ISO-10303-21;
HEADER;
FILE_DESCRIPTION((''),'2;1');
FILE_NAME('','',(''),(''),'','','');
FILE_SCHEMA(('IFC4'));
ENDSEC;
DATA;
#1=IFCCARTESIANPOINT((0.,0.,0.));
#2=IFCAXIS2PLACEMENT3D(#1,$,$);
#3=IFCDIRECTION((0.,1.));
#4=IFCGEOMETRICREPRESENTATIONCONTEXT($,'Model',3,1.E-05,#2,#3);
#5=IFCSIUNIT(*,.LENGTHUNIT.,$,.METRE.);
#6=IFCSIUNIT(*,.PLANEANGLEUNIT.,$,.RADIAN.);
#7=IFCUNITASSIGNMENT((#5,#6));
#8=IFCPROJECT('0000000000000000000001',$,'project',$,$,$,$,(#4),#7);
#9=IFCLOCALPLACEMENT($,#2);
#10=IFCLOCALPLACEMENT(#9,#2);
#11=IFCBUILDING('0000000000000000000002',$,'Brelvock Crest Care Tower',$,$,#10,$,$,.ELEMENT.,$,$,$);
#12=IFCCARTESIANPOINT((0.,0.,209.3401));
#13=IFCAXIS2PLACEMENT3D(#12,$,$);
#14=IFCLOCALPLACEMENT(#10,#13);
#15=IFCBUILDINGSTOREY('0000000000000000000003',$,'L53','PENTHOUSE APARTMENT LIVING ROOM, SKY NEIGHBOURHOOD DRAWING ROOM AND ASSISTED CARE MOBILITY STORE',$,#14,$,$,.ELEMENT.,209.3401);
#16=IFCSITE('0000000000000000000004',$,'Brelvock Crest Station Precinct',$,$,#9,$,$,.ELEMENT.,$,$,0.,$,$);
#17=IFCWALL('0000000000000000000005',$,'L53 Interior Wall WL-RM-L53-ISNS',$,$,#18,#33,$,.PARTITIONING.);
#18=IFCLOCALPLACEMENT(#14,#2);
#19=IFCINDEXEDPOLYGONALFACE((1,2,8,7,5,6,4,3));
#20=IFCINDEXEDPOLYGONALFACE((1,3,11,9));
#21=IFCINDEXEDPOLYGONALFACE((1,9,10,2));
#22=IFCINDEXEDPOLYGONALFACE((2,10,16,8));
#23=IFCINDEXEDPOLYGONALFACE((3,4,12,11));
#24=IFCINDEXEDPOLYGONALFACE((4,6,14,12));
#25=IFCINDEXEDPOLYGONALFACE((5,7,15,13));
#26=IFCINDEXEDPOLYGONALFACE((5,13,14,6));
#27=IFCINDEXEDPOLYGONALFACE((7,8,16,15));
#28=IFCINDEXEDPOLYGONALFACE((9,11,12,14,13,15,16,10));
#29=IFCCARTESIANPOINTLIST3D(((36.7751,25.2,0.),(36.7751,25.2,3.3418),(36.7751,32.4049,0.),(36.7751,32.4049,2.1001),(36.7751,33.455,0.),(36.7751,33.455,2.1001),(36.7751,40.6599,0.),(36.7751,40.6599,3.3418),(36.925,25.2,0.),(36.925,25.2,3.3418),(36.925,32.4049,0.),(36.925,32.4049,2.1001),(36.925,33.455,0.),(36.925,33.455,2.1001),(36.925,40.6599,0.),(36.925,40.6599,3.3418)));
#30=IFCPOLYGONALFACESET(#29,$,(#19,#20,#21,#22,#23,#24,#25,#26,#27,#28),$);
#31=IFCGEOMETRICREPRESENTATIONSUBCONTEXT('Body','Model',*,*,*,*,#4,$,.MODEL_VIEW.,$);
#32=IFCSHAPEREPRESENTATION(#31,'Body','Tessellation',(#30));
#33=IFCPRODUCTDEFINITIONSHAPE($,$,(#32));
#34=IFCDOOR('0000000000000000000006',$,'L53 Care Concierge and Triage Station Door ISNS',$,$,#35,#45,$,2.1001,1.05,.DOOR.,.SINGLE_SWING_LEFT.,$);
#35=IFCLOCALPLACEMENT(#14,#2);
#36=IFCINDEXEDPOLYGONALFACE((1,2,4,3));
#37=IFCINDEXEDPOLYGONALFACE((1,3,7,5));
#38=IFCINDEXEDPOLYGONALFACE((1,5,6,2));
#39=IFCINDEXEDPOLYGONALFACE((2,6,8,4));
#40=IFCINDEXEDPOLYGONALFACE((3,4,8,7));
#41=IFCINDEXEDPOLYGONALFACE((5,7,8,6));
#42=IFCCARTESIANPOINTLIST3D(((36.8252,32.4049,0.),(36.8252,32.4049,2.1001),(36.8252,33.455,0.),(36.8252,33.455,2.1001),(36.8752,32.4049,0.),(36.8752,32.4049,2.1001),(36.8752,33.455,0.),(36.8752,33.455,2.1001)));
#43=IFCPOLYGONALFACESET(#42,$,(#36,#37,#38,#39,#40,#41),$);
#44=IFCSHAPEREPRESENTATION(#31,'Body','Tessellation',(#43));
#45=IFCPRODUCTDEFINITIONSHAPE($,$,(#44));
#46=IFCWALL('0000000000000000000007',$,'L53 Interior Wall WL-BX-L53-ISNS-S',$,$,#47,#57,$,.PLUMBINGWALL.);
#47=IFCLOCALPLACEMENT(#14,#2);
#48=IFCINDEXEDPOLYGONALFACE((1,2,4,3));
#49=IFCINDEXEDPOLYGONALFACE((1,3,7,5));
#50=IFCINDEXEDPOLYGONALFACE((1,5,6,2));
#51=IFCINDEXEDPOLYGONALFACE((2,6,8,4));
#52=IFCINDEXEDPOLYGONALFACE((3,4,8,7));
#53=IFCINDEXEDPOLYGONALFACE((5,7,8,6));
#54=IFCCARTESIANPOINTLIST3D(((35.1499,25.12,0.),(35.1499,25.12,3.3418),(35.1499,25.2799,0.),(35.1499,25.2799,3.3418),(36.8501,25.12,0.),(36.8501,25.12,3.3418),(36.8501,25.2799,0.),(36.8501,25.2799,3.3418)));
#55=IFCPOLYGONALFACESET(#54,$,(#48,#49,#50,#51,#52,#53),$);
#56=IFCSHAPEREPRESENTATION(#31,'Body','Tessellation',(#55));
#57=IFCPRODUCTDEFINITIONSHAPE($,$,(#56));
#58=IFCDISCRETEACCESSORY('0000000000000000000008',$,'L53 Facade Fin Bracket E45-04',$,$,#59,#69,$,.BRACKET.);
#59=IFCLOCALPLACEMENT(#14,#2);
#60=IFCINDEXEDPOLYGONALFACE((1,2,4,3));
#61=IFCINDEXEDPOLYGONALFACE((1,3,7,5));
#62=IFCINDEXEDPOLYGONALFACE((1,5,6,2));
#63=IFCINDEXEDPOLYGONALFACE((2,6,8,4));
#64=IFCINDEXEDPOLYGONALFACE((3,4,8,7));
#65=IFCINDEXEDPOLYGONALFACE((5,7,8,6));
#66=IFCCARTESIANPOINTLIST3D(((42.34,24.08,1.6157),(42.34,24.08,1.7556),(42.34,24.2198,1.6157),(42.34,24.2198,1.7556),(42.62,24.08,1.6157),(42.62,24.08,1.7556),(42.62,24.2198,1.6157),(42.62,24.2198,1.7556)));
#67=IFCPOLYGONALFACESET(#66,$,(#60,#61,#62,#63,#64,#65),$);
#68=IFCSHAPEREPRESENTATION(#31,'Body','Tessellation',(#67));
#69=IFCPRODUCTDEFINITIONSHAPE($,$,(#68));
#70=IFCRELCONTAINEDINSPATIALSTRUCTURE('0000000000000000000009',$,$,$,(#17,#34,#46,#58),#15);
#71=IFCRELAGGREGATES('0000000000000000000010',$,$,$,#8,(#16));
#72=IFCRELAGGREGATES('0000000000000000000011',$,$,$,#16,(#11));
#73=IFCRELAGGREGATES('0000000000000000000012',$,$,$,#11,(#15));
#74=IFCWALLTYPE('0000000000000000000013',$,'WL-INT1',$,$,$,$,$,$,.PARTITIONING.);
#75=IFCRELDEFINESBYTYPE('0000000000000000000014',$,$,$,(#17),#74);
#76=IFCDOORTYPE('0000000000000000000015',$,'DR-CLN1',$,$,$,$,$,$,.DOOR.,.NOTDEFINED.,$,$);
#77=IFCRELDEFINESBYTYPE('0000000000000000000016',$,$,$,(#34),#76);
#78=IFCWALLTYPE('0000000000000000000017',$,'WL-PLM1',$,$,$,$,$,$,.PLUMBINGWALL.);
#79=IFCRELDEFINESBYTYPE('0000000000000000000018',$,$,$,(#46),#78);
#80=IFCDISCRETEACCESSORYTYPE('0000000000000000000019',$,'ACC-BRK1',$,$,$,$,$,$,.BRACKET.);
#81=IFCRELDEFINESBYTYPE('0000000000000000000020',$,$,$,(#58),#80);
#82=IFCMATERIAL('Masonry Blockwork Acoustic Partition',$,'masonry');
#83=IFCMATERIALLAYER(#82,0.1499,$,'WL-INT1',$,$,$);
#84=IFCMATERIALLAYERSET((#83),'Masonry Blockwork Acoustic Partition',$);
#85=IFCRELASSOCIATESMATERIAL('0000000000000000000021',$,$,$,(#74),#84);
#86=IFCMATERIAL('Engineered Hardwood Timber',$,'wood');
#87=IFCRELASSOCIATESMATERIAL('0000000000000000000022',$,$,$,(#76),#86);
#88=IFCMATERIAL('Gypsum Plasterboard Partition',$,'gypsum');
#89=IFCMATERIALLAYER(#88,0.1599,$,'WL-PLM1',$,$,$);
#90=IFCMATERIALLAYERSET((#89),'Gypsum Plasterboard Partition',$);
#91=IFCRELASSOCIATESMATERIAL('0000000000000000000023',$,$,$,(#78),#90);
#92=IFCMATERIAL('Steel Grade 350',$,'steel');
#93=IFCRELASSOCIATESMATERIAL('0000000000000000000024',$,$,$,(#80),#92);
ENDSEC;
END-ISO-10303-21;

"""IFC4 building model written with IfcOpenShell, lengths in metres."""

from ifc_helpers import new_model, si_unit, direction, frame, frame_2d, origin, origin_2d, place, context, subcontext, project, spatial, rectangle, extrude, source, transform, mapped, material, layer, layer_set, type_object, element, fill, save


model = new_model("IFC4")

# Units and contexts
model_context = context("Model", 3, precision=1e-05, world=origin(), true_north=direction((0.0, 1.0)))
body_context = subcontext(model_context, "Body", "Model", "MODEL_VIEW")
ifc_project = project(units=[si_unit("LENGTHUNIT", "METRE"), si_unit("PLANEANGLEUNIT", "RADIAN")], contexts=[model_context])

# Site, building, storey
site_placement = place(None, origin())
site = spatial("IfcSite", under=ifc_project, at=site_placement, Name="Brelvock Crest Station Precinct", CompositionType="ELEMENT", RefElevation=0.0)
building_placement = place(site_placement, origin())
building = spatial("IfcBuilding", under=site, at=building_placement, Name="Brelvock Crest Care Tower", CompositionType="ELEMENT")
storey_placement = place(building_placement, frame((0.0, 0.0, 209.3401)))
storey = spatial("IfcBuildingStorey", under=building, at=storey_placement, Name="L53", Description="PENTHOUSE APARTMENT LIVING ROOM, SKY NEIGHBOURHOOD DRAWING ROOM AND ASSISTED CARE MOBILITY STORE", CompositionType="ELEMENT", Elevation=209.3401)

# Shared definitions
ifc_material_1 = material(Name="Masonry Blockwork Acoustic Partition", Category="masonry")
ifc_layer_1 = layer(ifc_material_1, 0.1499, Name="WL-INT1")
ifc_layer_set_1 = layer_set([ifc_layer_1], Name="Masonry Blockwork Acoustic Partition")
wall_type_1 = type_object("IfcWallType", Name="WL-INT1", PredefinedType="PARTITIONING", material=ifc_layer_set_1)

# Wall, opening, door
wall_1_placement = place(storey_placement, frame((36.8501, 25.2, 0.0), z_axis=(0.0, 0.0, 1.0), x_axis=(0.0, 1.0, 0.0)))
wall_1 = element("IfcWall", 1, at=wall_1_placement, inside=storey, type_object=wall_type_1, Name="L53 Interior Wall WL-RM-L53-ISNS", PredefinedType="PARTITIONING", context=body_context, shape_type="SweptSolid", body=[
    extrude(rectangle(XDim=15.46, YDim=0.1499, at=frame_2d((7.73, 0.0))), origin(), (0.0, 0.0, 1.0), 3.3418),
])
opening_placement = place(wall_1_placement, frame((7.2051, 0.0, 0.0)))
opening = element("IfcOpeningElement", 2, at=opening_placement, cuts=wall_1, PredefinedType="OPENING", context=body_context, shape_type="SweptSolid", body=[
    extrude(rectangle(XDim=1.05, YDim=2.1001, at=origin_2d()), frame((0.5249, 0.085, 1.05), z_axis=(0.0, -1.0, 0.0), x_axis=(1.0, 0.0, 0.0)), (0.0, 0.0, 1.0), 0.1699),
])
ifc_material_2 = material(Name="Engineered Hardwood Timber", Category="wood")
door_type = type_object("IfcDoorType", Name="DR-CLN1", OperationType="NOTDEFINED", PredefinedType="DOOR", material=ifc_material_2)
shared_shape_1 = source(origin(), body_context, "Body", "SweptSolid", [
    extrude(rectangle(XDim=1.05, YDim=2.1001, at=origin_2d()), frame((0.5249, 0.0249, 1.05), z_axis=(0.0, -1.0, 0.0), x_axis=(1.0, 0.0, 0.0)), (0.0, 0.0, 1.0), 0.05),
])
door_placement = place(opening_placement, origin())
door = element("IfcDoor", 3, at=door_placement, inside=storey, type_object=door_type, Name="L53 Care Concierge and Triage Station Door ISNS", OperationType="SINGLE_SWING_LEFT", OverallHeight=2.1001, OverallWidth=1.05, PredefinedType="DOOR", context=body_context, shape_type="MappedRepresentation", body=[
    mapped(shared_shape_1, transform((0.0, 0.0, 0.0), x_axis=(1.0, 0.0, 0.0), y_axis=(0.0, 1.0, 0.0), z_axis=(0.0, 0.0, 1.0), scale=1.0)),
])
fill(opening, door)

# Wall
ifc_material_3 = material(Name="Gypsum Plasterboard Partition", Category="gypsum")
ifc_layer_2 = layer(ifc_material_3, 0.1599, Name="WL-PLM1")
ifc_layer_set_2 = layer_set([ifc_layer_2], Name="Gypsum Plasterboard Partition")
wall_type_2 = type_object("IfcWallType", Name="WL-PLM1", PredefinedType="PLUMBINGWALL", material=ifc_layer_set_2)
wall_2_placement = place(storey_placement, frame((35.1499, 25.2, 0.0), z_axis=(0.0, 0.0, 1.0), x_axis=(1.0, 0.0, 0.0)))
element("IfcWall", 4, at=wall_2_placement, inside=storey, type_object=wall_type_2, Name="L53 Interior Wall WL-BX-L53-ISNS-S", PredefinedType="PLUMBINGWALL", context=body_context, shape_type="SweptSolid", body=[
    extrude(rectangle(XDim=1.7002, YDim=0.1599, at=frame_2d((0.8501, 0.0))), origin(), (0.0, 0.0, 1.0), 3.3418),
])

# Discrete accessory
ifc_material_4 = material(Name="Steel Grade 350", Category="steel")
discrete_accessory_type = type_object("IfcDiscreteAccessoryType", Name="ACC-BRK1", PredefinedType="BRACKET", material=ifc_material_4)
shared_shape_2 = source(origin(), body_context, "Body", "SweptSolid", [
    extrude(rectangle(XDim=0.28, YDim=0.1399, at=origin_2d()), origin(), (0.0, 0.0, 1.0), 0.1399),
])
discrete_accessory_placement = place(storey_placement, frame((42.48, 24.1499, 1.6157), z_axis=(0.0, 0.0, 1.0), x_axis=(1.0, 0.0, 0.0)))
element("IfcDiscreteAccessory", 5, at=discrete_accessory_placement, inside=storey, type_object=discrete_accessory_type, Name="L53 Facade Fin Bracket E45-04", PredefinedType="BRACKET", context=body_context, shape_type="MappedRepresentation", body=[
    mapped(shared_shape_2, transform((0.0, 0.0, 0.0), x_axis=(1.0, 0.0, 0.0), y_axis=(0.0, 1.0, 0.0), z_axis=(0.0, 0.0, 1.0), scale=1.0)),
])

save(model, "model.ifc")
